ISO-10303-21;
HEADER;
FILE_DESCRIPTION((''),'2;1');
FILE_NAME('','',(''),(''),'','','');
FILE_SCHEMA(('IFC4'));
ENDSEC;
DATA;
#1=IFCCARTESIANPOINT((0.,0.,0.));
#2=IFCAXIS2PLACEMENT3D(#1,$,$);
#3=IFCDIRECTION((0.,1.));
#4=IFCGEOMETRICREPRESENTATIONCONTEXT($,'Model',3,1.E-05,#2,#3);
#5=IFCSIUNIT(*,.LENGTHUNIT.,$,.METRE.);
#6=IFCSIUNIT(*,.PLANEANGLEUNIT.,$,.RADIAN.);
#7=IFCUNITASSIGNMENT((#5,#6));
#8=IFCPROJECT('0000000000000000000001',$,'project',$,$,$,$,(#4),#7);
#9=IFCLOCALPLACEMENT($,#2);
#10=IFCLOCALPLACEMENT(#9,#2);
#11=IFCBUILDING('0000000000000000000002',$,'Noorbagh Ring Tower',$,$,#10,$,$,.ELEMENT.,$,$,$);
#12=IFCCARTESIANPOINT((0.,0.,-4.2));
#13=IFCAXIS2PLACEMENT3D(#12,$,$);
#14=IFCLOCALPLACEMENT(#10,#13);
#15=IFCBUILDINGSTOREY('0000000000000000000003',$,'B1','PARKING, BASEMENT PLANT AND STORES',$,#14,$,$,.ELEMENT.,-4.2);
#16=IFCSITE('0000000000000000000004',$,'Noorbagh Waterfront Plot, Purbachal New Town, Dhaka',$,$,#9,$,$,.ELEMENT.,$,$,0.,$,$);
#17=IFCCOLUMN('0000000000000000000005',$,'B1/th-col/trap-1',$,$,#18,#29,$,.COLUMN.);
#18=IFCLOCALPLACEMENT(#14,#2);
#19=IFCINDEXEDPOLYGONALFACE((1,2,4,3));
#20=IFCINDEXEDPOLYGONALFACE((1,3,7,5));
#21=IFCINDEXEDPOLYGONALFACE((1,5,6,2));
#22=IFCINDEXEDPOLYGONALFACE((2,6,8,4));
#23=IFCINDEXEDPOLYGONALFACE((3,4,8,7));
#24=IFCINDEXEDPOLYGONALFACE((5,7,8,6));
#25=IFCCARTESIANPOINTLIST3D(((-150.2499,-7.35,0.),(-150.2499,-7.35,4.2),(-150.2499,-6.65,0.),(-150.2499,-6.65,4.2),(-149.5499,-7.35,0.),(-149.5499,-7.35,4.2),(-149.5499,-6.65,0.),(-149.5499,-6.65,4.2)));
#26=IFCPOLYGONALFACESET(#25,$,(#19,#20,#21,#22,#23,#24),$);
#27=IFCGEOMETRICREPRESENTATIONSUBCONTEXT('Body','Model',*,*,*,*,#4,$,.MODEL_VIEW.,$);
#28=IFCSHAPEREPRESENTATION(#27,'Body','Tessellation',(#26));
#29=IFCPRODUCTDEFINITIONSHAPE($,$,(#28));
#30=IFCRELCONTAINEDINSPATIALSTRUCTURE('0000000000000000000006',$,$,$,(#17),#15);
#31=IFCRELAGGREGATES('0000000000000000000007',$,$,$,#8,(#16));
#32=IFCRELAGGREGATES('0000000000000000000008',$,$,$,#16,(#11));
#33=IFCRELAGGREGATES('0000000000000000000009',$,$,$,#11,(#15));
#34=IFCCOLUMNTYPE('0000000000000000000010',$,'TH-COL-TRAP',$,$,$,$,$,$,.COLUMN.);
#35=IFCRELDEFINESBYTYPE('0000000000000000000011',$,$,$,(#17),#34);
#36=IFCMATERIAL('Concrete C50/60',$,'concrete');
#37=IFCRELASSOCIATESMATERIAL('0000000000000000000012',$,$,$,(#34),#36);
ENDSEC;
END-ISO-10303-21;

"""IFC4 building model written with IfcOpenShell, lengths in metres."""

from ifc_helpers import new_model, si_unit, direction, frame, origin, origin_2d, place, context, subcontext, project, spatial, rectangle, extrude, material, material_profile, profile_set, type_object, element, save


model = new_model("IFC4")

# Units and contexts
model_context = context("Model", 3, precision=1e-05, world=origin(), true_north=direction((0.0, 1.0)))
body_context = subcontext(model_context, "Body", "Model", "MODEL_VIEW")
ifc_project = project(units=[si_unit("LENGTHUNIT", "METRE"), si_unit("PLANEANGLEUNIT", "RADIAN")], contexts=[model_context])

# Site, building, storey
site_placement = place(None, origin())
site = spatial("IfcSite", under=ifc_project, at=site_placement, Name="Noorbagh Waterfront Plot, Purbachal New Town, Dhaka", CompositionType="ELEMENT", RefElevation=0.0)
building_placement = place(site_placement, origin())
building = spatial("IfcBuilding", under=site, at=building_placement, Name="Noorbagh Ring Tower", CompositionType="ELEMENT")
storey_placement = place(building_placement, frame((0.0, 0.0, -4.2)))
storey = spatial("IfcBuildingStorey", under=building, at=storey_placement, Name="B1", Description="PARKING, BASEMENT PLANT AND STORES", CompositionType="ELEMENT", Elevation=-4.2)

# Column
ifc_material_1 = material(Name="Concrete C50/60", Category="concrete")
ifc_material_profile_1 = material_profile(ifc_material_1, rectangle(XDim=0.7, YDim=0.7, at=origin_2d()), Name="RC700x700")
ifc_profile_set_1 = profile_set([ifc_material_profile_1], Name="Concrete C50/60")
column_type = type_object("IfcColumnType", Name="TH-COL-TRAP", PredefinedType="COLUMN", material=ifc_profile_set_1)
column_placement = place(storey_placement, frame((-149.8999, -7.0, 0.0), z_axis=(0.0, 0.0, 1.0), x_axis=(1.0, 0.0, 0.0)))
element("IfcColumn", 1, at=column_placement, inside=storey, type_object=column_type, Name="B1/th-col/trap-1", PredefinedType="COLUMN", context=body_context, shape_type="SweptSolid", body=[
    extrude(rectangle(XDim=0.7, YDim=0.7, at=origin_2d()), origin(), (0.0, 0.0, 1.0), 4.2),
])

save(model, "model.ifc")
